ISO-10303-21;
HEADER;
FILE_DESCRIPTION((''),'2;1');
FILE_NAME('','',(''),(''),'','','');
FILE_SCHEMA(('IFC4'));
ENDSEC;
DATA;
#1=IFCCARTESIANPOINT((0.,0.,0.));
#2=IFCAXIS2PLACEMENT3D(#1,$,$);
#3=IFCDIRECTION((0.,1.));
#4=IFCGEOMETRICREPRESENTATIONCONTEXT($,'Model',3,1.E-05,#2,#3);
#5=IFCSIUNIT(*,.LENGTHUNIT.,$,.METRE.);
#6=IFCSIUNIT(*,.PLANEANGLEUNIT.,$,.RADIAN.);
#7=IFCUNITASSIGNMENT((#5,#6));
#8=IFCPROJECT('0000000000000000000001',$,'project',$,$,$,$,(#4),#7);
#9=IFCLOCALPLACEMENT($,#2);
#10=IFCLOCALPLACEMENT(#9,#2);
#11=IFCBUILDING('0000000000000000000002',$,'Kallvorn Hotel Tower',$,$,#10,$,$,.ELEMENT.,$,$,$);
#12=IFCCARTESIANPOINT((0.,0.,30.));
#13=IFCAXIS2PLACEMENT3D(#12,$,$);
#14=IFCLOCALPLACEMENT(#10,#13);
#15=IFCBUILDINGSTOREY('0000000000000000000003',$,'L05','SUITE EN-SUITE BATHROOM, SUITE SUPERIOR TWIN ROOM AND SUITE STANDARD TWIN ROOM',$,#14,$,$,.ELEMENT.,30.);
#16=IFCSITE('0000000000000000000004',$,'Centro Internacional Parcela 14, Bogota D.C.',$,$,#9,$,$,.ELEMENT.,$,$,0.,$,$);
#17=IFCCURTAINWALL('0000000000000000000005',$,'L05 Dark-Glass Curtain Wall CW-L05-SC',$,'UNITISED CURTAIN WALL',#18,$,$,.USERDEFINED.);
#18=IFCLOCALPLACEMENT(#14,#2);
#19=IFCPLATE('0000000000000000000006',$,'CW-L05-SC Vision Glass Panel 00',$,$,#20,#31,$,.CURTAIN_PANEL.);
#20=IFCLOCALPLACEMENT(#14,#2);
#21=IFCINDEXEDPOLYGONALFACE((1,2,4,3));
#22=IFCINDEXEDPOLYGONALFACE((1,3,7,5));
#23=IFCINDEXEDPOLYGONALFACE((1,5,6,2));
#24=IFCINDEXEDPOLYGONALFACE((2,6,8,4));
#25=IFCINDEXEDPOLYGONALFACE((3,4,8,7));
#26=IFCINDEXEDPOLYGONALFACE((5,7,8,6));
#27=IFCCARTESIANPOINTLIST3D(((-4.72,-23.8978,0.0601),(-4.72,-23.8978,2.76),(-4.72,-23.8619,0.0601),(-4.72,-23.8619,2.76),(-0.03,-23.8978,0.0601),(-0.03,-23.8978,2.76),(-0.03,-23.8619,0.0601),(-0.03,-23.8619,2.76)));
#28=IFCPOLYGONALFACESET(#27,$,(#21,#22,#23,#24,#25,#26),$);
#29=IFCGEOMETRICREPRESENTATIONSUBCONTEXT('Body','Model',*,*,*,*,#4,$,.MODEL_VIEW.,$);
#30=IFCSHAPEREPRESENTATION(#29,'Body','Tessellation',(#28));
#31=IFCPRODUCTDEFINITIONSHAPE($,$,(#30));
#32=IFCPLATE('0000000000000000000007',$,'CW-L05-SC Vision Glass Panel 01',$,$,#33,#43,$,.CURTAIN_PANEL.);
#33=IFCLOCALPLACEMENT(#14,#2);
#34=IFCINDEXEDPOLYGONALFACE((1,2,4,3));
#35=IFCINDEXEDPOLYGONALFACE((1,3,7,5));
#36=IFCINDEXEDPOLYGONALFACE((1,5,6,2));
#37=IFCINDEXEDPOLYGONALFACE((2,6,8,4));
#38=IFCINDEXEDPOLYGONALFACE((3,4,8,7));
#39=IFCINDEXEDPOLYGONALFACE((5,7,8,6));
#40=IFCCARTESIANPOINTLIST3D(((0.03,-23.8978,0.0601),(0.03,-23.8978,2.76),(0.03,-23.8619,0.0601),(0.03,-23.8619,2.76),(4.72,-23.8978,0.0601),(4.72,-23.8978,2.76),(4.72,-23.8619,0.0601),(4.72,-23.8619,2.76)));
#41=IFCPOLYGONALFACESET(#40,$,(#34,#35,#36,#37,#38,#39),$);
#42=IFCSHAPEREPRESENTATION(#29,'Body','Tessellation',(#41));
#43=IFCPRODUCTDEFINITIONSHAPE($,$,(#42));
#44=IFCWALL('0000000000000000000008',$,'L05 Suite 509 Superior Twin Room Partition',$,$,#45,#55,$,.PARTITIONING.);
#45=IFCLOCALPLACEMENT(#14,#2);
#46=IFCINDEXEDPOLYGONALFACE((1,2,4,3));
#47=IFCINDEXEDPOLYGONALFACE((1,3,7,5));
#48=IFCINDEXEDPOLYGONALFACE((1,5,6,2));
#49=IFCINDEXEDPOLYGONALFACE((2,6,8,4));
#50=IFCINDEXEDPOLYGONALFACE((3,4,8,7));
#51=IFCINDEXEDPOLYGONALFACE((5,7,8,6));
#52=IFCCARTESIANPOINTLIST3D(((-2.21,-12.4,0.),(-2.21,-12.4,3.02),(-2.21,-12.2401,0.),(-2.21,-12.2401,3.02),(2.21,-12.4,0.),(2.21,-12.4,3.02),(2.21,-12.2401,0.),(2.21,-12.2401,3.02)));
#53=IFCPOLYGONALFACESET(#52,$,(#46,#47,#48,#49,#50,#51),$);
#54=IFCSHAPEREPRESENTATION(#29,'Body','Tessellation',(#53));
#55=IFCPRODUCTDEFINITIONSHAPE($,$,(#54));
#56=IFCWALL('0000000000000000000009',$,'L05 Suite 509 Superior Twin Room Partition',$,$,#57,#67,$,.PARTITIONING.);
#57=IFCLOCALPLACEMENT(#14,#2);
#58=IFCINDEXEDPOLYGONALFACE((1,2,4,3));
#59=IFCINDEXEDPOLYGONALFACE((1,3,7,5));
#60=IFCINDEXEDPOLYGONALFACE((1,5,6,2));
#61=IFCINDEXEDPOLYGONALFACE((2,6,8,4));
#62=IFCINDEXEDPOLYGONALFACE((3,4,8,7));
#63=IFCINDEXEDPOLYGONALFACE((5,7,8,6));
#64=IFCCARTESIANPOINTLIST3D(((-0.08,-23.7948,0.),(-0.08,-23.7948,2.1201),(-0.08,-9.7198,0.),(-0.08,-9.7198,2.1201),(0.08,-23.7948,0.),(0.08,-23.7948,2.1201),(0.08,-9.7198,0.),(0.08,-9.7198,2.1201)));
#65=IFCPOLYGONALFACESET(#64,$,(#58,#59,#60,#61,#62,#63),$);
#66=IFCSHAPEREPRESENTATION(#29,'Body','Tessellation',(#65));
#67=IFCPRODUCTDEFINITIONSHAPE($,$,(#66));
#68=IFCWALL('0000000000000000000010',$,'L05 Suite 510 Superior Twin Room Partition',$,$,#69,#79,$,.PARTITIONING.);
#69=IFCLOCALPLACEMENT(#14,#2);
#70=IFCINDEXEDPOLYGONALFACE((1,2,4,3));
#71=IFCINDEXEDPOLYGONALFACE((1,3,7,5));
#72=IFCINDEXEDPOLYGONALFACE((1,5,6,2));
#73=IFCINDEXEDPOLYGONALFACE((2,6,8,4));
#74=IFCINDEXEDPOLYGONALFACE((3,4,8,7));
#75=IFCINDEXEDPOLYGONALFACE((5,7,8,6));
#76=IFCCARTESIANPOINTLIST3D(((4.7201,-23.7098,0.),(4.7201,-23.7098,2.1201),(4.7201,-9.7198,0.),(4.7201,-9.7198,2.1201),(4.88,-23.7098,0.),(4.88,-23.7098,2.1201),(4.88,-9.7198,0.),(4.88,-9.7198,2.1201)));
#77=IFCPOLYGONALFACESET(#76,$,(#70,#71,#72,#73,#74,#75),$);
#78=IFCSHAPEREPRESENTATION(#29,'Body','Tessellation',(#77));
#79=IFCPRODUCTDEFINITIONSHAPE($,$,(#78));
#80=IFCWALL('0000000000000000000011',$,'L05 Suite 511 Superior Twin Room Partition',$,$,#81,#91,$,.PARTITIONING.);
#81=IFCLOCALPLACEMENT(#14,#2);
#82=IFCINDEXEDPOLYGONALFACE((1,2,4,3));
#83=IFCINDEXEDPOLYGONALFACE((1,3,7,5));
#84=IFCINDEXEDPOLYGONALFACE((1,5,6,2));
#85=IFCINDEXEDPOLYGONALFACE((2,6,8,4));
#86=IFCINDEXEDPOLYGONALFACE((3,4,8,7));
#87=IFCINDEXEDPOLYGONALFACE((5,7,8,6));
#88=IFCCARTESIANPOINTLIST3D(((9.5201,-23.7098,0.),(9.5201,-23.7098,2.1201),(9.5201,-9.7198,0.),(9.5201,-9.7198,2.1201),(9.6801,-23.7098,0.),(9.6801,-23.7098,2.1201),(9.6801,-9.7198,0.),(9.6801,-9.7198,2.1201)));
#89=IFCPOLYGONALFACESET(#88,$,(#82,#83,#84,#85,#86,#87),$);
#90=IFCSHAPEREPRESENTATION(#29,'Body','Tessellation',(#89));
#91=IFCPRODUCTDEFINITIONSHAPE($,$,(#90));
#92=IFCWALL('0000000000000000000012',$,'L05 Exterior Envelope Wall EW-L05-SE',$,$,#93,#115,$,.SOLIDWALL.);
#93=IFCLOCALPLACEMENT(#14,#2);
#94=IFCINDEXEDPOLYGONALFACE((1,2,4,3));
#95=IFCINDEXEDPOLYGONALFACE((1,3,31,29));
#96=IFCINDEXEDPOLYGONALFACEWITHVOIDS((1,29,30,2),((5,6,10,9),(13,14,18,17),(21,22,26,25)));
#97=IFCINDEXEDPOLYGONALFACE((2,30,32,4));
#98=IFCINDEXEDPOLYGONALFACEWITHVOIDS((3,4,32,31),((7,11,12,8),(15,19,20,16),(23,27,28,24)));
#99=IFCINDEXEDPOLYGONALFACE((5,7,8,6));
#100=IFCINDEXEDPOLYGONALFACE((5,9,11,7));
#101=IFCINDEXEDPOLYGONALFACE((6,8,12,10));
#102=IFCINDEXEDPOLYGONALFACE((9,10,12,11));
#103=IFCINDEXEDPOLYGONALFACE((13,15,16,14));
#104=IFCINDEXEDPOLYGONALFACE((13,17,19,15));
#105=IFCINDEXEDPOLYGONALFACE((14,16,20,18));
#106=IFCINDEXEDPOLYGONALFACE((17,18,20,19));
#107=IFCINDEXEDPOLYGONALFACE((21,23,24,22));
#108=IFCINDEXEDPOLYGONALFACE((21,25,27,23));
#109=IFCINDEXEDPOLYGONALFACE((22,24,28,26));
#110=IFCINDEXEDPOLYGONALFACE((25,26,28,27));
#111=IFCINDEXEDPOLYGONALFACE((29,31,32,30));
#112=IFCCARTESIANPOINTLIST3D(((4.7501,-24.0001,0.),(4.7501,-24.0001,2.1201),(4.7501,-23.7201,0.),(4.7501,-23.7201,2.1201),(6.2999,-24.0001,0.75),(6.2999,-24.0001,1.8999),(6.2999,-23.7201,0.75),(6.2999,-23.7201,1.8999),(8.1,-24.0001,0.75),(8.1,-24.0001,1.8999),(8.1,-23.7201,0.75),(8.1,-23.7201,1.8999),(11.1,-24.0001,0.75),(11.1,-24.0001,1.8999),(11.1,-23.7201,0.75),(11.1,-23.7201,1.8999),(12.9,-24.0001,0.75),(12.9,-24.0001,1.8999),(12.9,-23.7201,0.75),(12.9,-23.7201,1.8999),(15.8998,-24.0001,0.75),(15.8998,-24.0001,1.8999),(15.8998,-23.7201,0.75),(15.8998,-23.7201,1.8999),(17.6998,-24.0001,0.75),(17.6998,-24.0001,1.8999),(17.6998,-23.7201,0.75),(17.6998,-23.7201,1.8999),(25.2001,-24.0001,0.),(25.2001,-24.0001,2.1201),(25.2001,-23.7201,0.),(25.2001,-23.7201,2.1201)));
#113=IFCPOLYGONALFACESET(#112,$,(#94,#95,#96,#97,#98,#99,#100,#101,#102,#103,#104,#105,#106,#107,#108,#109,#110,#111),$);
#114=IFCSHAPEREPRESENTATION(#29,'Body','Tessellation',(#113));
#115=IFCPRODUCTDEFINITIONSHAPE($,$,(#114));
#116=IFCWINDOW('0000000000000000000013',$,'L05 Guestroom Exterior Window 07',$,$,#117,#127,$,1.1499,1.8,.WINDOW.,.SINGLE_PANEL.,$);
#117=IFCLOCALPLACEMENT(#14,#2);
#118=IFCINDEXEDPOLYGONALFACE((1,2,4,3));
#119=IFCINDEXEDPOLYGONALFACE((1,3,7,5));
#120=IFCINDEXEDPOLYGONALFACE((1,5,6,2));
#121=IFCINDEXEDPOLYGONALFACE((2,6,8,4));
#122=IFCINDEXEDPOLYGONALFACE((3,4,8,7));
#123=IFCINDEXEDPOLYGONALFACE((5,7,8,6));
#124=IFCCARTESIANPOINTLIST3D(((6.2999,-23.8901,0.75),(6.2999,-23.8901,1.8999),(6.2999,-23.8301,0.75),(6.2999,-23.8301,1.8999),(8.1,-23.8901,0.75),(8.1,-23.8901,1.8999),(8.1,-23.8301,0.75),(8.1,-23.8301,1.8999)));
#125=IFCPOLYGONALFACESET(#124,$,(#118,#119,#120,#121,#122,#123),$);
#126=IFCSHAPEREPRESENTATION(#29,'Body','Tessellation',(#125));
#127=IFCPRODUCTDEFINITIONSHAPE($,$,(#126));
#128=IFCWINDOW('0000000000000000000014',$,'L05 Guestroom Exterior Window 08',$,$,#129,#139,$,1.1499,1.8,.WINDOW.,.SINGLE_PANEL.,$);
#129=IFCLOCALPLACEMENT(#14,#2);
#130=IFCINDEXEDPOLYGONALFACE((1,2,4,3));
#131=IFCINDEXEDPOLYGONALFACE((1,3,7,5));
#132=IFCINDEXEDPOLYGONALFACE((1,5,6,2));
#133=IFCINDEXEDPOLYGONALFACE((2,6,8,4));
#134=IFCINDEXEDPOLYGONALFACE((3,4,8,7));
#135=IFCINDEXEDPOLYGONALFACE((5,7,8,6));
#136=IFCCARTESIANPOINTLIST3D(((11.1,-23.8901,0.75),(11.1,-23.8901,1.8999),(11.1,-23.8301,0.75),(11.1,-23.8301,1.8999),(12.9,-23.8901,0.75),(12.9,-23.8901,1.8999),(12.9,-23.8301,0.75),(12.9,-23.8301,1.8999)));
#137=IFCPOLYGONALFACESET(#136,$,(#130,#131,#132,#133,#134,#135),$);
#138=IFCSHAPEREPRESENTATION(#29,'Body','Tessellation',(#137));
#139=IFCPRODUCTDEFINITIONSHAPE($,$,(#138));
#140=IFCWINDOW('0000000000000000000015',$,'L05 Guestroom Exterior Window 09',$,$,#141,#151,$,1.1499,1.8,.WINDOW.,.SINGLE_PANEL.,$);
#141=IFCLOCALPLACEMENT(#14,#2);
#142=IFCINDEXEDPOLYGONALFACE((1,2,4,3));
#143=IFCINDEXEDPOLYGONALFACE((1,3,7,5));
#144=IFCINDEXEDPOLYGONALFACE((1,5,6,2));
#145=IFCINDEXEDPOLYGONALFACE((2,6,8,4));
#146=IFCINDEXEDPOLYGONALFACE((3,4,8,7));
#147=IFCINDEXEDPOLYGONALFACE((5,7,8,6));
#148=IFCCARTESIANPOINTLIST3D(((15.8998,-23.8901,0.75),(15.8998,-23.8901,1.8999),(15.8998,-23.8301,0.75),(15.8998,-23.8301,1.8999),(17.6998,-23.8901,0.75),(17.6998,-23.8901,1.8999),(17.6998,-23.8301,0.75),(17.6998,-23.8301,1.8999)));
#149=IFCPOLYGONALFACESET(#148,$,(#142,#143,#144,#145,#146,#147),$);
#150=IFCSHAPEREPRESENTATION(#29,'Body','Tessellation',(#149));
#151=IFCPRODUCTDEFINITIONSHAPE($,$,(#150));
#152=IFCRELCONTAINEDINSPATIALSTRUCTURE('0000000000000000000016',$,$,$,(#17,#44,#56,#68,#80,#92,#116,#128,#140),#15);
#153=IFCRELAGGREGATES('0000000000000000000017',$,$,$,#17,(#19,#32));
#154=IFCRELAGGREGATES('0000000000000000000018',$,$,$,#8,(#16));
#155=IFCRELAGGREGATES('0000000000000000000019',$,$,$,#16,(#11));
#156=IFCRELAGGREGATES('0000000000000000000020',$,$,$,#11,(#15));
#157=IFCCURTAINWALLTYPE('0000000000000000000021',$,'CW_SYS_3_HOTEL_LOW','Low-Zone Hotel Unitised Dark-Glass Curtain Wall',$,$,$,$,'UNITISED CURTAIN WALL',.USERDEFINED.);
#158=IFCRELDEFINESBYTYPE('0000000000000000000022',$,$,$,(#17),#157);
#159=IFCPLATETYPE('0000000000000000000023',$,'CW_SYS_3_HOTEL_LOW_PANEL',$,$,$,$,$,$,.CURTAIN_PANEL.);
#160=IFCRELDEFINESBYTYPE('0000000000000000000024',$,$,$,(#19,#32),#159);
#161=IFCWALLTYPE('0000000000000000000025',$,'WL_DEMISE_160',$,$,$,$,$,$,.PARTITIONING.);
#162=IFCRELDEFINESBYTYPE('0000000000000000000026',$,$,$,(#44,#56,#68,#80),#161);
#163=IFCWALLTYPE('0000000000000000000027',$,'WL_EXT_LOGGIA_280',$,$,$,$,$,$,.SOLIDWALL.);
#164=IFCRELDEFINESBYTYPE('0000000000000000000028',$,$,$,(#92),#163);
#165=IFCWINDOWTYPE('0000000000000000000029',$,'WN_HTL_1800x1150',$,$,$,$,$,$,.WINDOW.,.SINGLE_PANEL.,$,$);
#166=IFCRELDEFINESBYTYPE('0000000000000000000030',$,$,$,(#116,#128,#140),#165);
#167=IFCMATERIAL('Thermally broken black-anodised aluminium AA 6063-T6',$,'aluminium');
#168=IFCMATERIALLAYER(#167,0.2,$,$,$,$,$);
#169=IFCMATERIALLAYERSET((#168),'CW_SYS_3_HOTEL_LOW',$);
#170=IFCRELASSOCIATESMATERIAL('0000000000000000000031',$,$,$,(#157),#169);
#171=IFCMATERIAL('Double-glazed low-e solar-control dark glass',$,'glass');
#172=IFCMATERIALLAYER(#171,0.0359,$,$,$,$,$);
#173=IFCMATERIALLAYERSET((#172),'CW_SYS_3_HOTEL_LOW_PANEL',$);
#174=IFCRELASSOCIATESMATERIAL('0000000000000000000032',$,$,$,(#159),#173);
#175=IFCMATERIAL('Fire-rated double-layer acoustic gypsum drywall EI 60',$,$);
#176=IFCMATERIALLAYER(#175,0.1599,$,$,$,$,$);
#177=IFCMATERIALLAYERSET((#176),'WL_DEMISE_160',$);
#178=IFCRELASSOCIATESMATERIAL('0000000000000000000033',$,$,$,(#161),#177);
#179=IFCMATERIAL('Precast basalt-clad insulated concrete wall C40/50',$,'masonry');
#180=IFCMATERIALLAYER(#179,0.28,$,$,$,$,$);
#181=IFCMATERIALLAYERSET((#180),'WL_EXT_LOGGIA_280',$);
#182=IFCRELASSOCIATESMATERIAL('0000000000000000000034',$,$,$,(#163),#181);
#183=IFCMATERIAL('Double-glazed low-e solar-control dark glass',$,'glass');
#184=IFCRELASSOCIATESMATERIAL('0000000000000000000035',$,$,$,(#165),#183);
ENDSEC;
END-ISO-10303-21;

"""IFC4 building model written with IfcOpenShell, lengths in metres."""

from ifc_helpers import new_model, si_unit, direction, frame, frame_2d, origin, origin_2d, place, context, subcontext, project, spatial, rectangle, extrude, material, layer, layer_set, type_object, element, fill, aggregate, save


model = new_model("IFC4")

# Units and contexts
model_context = context("Model", 3, precision=1e-05, world=origin(), true_north=direction((0.0, 1.0)))
body_context = subcontext(model_context, "Body", "Model", "MODEL_VIEW")
ifc_project = project(units=[si_unit("LENGTHUNIT", "METRE"), si_unit("PLANEANGLEUNIT", "RADIAN")], contexts=[model_context])

# Site, building, storey
site_placement = place(None, origin())
site = spatial("IfcSite", under=ifc_project, at=site_placement, Name="Centro Internacional Parcela 14, Bogota D.C.", CompositionType="ELEMENT", RefElevation=0.0)
building_placement = place(site_placement, origin())
building = spatial("IfcBuilding", under=site, at=building_placement, Name="Kallvorn Hotel Tower", CompositionType="ELEMENT")
storey_placement = place(building_placement, frame((0.0, 0.0, 30.0)))
storey = spatial("IfcBuildingStorey", under=building, at=storey_placement, Name="L05", Description="SUITE EN-SUITE BATHROOM, SUITE SUPERIOR TWIN ROOM AND SUITE STANDARD TWIN ROOM", CompositionType="ELEMENT", Elevation=30.0)

# Curtain wall, plates
ifc_material_1 = material(Name="Thermally broken black-anodised aluminium AA 6063-T6", Category="aluminium")
ifc_layer_1 = layer(ifc_material_1, 0.2)
ifc_layer_set_1 = layer_set([ifc_layer_1], Name="CW_SYS_3_HOTEL_LOW")
curtain_wall_type = type_object("IfcCurtainWallType", Name="CW_SYS_3_HOTEL_LOW", Description="Low-Zone Hotel Unitised Dark-Glass Curtain Wall", ElementType="UNITISED CURTAIN WALL", PredefinedType="USERDEFINED", material=ifc_layer_set_1)
curtain_wall_placement = place(storey_placement, origin())
curtain_wall = element("IfcCurtainWall", 1, at=curtain_wall_placement, inside=storey, type_object=curtain_wall_type, Name="L05 Dark-Glass Curtain Wall CW-L05-SC", ObjectType="UNITISED CURTAIN WALL", PredefinedType="USERDEFINED")
ifc_material_2 = material(Name="Double-glazed low-e solar-control dark glass", Category="glass")
ifc_layer_2 = layer(ifc_material_2, 0.0359)
ifc_layer_set_2 = layer_set([ifc_layer_2], Name="CW_SYS_3_HOTEL_LOW_PANEL")
plate_type = type_object("IfcPlateType", Name="CW_SYS_3_HOTEL_LOW_PANEL", PredefinedType="CURTAIN_PANEL", material=ifc_layer_set_2)
plate_1_placement = place(storey_placement, frame((-2.375, -23.8799, 0.0601), z_axis=(0.0, 0.0, 1.0), x_axis=(1.0, 0.0, 0.0)))
plate_1 = element("IfcPlate", 2, at=plate_1_placement, type_object=plate_type, Name="CW-L05-SC Vision Glass Panel 00", PredefinedType="CURTAIN_PANEL", context=body_context, shape_type="SweptSolid", body=[
    extrude(rectangle(XDim=4.6899, YDim=0.0359, at=origin_2d()), origin(), (0.0, 0.0, 1.0), 2.7),
])
plate_2_placement = place(storey_placement, frame((2.375, -23.8799, 0.0601), z_axis=(0.0, 0.0, 1.0), x_axis=(1.0, 0.0, 0.0)))
plate_2 = element("IfcPlate", 3, at=plate_2_placement, type_object=plate_type, Name="CW-L05-SC Vision Glass Panel 01", PredefinedType="CURTAIN_PANEL", context=body_context, shape_type="SweptSolid", body=[
    extrude(rectangle(XDim=4.6899, YDim=0.0359, at=origin_2d()), origin(), (0.0, 0.0, 1.0), 2.7),
])
aggregate(curtain_wall, [plate_1, plate_2])

# Walls
ifc_material_3 = material(Name="Fire-rated double-layer acoustic gypsum drywall EI 60")
ifc_layer_3 = layer(ifc_material_3, 0.1599)
ifc_layer_set_3 = layer_set([ifc_layer_3], Name="WL_DEMISE_160")
wall_type_1 = type_object("IfcWallType", Name="WL_DEMISE_160", PredefinedType="PARTITIONING", material=ifc_layer_set_3)
wall_1_placement = place(storey_placement, frame((-2.21, -12.3201, 0.0), z_axis=(0.0, 0.0, 1.0), x_axis=(1.0, 0.0, 0.0)))
element("IfcWall", 4, at=wall_1_placement, inside=storey, type_object=wall_type_1, Name="L05 Suite 509 Superior Twin Room Partition", PredefinedType="PARTITIONING", context=body_context, shape_type="SweptSolid", body=[
    extrude(rectangle(XDim=4.4199, YDim=0.1599, at=frame_2d((2.21, 0.0))), origin(), (0.0, 0.0, 1.0), 3.02),
])
wall_2_placement = place(storey_placement, frame((0.0, -23.7949, 0.0), z_axis=(0.0, 0.0, 1.0), x_axis=(0.0, 1.0, 0.0)))
element("IfcWall", 5, at=wall_2_placement, inside=storey, type_object=wall_type_1, Name="L05 Suite 509 Superior Twin Room Partition", PredefinedType="PARTITIONING", context=body_context, shape_type="SweptSolid", body=[
    extrude(rectangle(XDim=14.075, YDim=0.1599, at=frame_2d((7.0376, 0.0))), origin(), (0.0, 0.0, 1.0), 2.1201),
])
for number, where, z_axis, x_axis, name in (
    (6, (4.8, -23.71, 0.0), (0.0, 0.0, 1.0), (0.0, 1.0, 0.0), "L05 Suite 510 Superior Twin Room Partition"),
    (7, (9.6001, -23.71, 0.0), (0.0, 0.0, 1.0), (0.0, 1.0, 0.0), "L05 Suite 511 Superior Twin Room Partition"),
):
    element("IfcWall", number, at=place(storey_placement, frame(where, z_axis=z_axis, x_axis=x_axis)), inside=storey, type_object=wall_type_1, Name=name, PredefinedType="PARTITIONING", context=body_context, shape_type="SweptSolid", body=[
        extrude(rectangle(XDim=13.99, YDim=0.1599, at=frame_2d((6.9951, 0.0))), origin(), (0.0, 0.0, 1.0), 2.1201),
    ])

# Wall, openings, windows
ifc_material_4 = material(Name="Precast basalt-clad insulated concrete wall C40/50", Category="masonry")
ifc_layer_4 = layer(ifc_material_4, 0.28)
ifc_layer_set_4 = layer_set([ifc_layer_4], Name="WL_EXT_LOGGIA_280")
wall_type_2 = type_object("IfcWallType", Name="WL_EXT_LOGGIA_280", PredefinedType="SOLIDWALL", material=ifc_layer_set_4)
wall_3_placement = place(storey_placement, frame((4.75, -23.8601, 0.0), z_axis=(0.0, 0.0, 1.0), x_axis=(1.0, 0.0, 0.0)))
wall_3 = element("IfcWall", 8, at=wall_3_placement, inside=storey, type_object=wall_type_2, Name="L05 Exterior Envelope Wall EW-L05-SE", PredefinedType="SOLIDWALL", context=body_context, shape_type="SweptSolid", body=[
    extrude(rectangle(XDim=20.45, YDim=0.28, at=frame_2d((10.2251, 0.0))), origin(), (0.0, 0.0, 1.0), 2.1201),
])
opening_1_placement = place(wall_3_placement, frame((1.55, 0.0, 0.75)))
opening_1 = element("IfcOpeningElement", 9, at=opening_1_placement, cuts=wall_3, PredefinedType="OPENING", context=body_context, shape_type="SweptSolid", body=[
    extrude(rectangle(XDim=1.8, YDim=1.1499, at=frame_2d((0.8999, 0.575))), frame((0.0, 0.155, 0.0), z_axis=(0.0, -1.0, 0.0), x_axis=(1.0, 0.0, 0.0)), (0.0, 0.0, 1.0), 0.3101),
])
opening_2_placement = place(wall_3_placement, frame((6.3501, 0.0, 0.75)))
opening_2 = element("IfcOpeningElement", 10, at=opening_2_placement, cuts=wall_3, PredefinedType="OPENING", context=body_context, shape_type="SweptSolid", body=[
    extrude(rectangle(XDim=1.8, YDim=1.1499, at=frame_2d((0.8999, 0.575))), frame((0.0, 0.155, 0.0), z_axis=(0.0, -1.0, 0.0), x_axis=(1.0, 0.0, 0.0)), (0.0, 0.0, 1.0), 0.3101),
])
opening_3_placement = place(wall_3_placement, frame((11.1499, 0.0, 0.75)))
opening_3 = element("IfcOpeningElement", 11, at=opening_3_placement, cuts=wall_3, PredefinedType="OPENING", context=body_context, shape_type="SweptSolid", body=[
    extrude(rectangle(XDim=1.8, YDim=1.1499, at=frame_2d((0.8999, 0.575))), frame((0.0, 0.155, 0.0), z_axis=(0.0, -1.0, 0.0), x_axis=(1.0, 0.0, 0.0)), (0.0, 0.0, 1.0), 0.3101),
])
ifc_material_5 = material(Name="Double-glazed low-e solar-control dark glass", Category="glass")
window_type = type_object("IfcWindowType", Name="WN_HTL_1800x1150", PartitioningType="SINGLE_PANEL", PredefinedType="WINDOW", material=ifc_material_5)
window_1_placement = place(opening_1_placement, origin())
window_1 = element("IfcWindow", 12, at=window_1_placement, inside=storey, type_object=window_type, Name="L05 Guestroom Exterior Window 07", OverallHeight=1.1499, OverallWidth=1.8, PartitioningType="SINGLE_PANEL", PredefinedType="WINDOW", context=body_context, shape_type="SweptSolid", body=[
    extrude(rectangle(XDim=1.8, YDim=1.1499, at=frame_2d((0.8999, 0.575))), frame((0.0, 0.03, 0.0), z_axis=(0.0, -1.0, 0.0), x_axis=(1.0, 0.0, 0.0)), (0.0, 0.0, 1.0), 0.0601),
])
fill(opening_1, window_1)
window_2_placement = place(opening_2_placement, origin())
window_2 = element("IfcWindow", 13, at=window_2_placement, inside=storey, type_object=window_type, Name="L05 Guestroom Exterior Window 08", OverallHeight=1.1499, OverallWidth=1.8, PartitioningType="SINGLE_PANEL", PredefinedType="WINDOW", context=body_context, shape_type="SweptSolid", body=[
    extrude(rectangle(XDim=1.8, YDim=1.1499, at=frame_2d((0.8999, 0.575))), frame((0.0, 0.03, 0.0), z_axis=(0.0, -1.0, 0.0), x_axis=(1.0, 0.0, 0.0)), (0.0, 0.0, 1.0), 0.0601),
])
fill(opening_2, window_2)
window_3_placement = place(opening_3_placement, origin())
window_3 = element("IfcWindow", 14, at=window_3_placement, inside=storey, type_object=window_type, Name="L05 Guestroom Exterior Window 09", OverallHeight=1.1499, OverallWidth=1.8, PartitioningType="SINGLE_PANEL", PredefinedType="WINDOW", context=body_context, shape_type="SweptSolid", body=[
    extrude(rectangle(XDim=1.8, YDim=1.1499, at=frame_2d((0.8999, 0.575))), frame((0.0, 0.03, 0.0), z_axis=(0.0, -1.0, 0.0), x_axis=(1.0, 0.0, 0.0)), (0.0, 0.0, 1.0), 0.0601),
])
fill(opening_3, window_3)

save(model, "model.ifc")
